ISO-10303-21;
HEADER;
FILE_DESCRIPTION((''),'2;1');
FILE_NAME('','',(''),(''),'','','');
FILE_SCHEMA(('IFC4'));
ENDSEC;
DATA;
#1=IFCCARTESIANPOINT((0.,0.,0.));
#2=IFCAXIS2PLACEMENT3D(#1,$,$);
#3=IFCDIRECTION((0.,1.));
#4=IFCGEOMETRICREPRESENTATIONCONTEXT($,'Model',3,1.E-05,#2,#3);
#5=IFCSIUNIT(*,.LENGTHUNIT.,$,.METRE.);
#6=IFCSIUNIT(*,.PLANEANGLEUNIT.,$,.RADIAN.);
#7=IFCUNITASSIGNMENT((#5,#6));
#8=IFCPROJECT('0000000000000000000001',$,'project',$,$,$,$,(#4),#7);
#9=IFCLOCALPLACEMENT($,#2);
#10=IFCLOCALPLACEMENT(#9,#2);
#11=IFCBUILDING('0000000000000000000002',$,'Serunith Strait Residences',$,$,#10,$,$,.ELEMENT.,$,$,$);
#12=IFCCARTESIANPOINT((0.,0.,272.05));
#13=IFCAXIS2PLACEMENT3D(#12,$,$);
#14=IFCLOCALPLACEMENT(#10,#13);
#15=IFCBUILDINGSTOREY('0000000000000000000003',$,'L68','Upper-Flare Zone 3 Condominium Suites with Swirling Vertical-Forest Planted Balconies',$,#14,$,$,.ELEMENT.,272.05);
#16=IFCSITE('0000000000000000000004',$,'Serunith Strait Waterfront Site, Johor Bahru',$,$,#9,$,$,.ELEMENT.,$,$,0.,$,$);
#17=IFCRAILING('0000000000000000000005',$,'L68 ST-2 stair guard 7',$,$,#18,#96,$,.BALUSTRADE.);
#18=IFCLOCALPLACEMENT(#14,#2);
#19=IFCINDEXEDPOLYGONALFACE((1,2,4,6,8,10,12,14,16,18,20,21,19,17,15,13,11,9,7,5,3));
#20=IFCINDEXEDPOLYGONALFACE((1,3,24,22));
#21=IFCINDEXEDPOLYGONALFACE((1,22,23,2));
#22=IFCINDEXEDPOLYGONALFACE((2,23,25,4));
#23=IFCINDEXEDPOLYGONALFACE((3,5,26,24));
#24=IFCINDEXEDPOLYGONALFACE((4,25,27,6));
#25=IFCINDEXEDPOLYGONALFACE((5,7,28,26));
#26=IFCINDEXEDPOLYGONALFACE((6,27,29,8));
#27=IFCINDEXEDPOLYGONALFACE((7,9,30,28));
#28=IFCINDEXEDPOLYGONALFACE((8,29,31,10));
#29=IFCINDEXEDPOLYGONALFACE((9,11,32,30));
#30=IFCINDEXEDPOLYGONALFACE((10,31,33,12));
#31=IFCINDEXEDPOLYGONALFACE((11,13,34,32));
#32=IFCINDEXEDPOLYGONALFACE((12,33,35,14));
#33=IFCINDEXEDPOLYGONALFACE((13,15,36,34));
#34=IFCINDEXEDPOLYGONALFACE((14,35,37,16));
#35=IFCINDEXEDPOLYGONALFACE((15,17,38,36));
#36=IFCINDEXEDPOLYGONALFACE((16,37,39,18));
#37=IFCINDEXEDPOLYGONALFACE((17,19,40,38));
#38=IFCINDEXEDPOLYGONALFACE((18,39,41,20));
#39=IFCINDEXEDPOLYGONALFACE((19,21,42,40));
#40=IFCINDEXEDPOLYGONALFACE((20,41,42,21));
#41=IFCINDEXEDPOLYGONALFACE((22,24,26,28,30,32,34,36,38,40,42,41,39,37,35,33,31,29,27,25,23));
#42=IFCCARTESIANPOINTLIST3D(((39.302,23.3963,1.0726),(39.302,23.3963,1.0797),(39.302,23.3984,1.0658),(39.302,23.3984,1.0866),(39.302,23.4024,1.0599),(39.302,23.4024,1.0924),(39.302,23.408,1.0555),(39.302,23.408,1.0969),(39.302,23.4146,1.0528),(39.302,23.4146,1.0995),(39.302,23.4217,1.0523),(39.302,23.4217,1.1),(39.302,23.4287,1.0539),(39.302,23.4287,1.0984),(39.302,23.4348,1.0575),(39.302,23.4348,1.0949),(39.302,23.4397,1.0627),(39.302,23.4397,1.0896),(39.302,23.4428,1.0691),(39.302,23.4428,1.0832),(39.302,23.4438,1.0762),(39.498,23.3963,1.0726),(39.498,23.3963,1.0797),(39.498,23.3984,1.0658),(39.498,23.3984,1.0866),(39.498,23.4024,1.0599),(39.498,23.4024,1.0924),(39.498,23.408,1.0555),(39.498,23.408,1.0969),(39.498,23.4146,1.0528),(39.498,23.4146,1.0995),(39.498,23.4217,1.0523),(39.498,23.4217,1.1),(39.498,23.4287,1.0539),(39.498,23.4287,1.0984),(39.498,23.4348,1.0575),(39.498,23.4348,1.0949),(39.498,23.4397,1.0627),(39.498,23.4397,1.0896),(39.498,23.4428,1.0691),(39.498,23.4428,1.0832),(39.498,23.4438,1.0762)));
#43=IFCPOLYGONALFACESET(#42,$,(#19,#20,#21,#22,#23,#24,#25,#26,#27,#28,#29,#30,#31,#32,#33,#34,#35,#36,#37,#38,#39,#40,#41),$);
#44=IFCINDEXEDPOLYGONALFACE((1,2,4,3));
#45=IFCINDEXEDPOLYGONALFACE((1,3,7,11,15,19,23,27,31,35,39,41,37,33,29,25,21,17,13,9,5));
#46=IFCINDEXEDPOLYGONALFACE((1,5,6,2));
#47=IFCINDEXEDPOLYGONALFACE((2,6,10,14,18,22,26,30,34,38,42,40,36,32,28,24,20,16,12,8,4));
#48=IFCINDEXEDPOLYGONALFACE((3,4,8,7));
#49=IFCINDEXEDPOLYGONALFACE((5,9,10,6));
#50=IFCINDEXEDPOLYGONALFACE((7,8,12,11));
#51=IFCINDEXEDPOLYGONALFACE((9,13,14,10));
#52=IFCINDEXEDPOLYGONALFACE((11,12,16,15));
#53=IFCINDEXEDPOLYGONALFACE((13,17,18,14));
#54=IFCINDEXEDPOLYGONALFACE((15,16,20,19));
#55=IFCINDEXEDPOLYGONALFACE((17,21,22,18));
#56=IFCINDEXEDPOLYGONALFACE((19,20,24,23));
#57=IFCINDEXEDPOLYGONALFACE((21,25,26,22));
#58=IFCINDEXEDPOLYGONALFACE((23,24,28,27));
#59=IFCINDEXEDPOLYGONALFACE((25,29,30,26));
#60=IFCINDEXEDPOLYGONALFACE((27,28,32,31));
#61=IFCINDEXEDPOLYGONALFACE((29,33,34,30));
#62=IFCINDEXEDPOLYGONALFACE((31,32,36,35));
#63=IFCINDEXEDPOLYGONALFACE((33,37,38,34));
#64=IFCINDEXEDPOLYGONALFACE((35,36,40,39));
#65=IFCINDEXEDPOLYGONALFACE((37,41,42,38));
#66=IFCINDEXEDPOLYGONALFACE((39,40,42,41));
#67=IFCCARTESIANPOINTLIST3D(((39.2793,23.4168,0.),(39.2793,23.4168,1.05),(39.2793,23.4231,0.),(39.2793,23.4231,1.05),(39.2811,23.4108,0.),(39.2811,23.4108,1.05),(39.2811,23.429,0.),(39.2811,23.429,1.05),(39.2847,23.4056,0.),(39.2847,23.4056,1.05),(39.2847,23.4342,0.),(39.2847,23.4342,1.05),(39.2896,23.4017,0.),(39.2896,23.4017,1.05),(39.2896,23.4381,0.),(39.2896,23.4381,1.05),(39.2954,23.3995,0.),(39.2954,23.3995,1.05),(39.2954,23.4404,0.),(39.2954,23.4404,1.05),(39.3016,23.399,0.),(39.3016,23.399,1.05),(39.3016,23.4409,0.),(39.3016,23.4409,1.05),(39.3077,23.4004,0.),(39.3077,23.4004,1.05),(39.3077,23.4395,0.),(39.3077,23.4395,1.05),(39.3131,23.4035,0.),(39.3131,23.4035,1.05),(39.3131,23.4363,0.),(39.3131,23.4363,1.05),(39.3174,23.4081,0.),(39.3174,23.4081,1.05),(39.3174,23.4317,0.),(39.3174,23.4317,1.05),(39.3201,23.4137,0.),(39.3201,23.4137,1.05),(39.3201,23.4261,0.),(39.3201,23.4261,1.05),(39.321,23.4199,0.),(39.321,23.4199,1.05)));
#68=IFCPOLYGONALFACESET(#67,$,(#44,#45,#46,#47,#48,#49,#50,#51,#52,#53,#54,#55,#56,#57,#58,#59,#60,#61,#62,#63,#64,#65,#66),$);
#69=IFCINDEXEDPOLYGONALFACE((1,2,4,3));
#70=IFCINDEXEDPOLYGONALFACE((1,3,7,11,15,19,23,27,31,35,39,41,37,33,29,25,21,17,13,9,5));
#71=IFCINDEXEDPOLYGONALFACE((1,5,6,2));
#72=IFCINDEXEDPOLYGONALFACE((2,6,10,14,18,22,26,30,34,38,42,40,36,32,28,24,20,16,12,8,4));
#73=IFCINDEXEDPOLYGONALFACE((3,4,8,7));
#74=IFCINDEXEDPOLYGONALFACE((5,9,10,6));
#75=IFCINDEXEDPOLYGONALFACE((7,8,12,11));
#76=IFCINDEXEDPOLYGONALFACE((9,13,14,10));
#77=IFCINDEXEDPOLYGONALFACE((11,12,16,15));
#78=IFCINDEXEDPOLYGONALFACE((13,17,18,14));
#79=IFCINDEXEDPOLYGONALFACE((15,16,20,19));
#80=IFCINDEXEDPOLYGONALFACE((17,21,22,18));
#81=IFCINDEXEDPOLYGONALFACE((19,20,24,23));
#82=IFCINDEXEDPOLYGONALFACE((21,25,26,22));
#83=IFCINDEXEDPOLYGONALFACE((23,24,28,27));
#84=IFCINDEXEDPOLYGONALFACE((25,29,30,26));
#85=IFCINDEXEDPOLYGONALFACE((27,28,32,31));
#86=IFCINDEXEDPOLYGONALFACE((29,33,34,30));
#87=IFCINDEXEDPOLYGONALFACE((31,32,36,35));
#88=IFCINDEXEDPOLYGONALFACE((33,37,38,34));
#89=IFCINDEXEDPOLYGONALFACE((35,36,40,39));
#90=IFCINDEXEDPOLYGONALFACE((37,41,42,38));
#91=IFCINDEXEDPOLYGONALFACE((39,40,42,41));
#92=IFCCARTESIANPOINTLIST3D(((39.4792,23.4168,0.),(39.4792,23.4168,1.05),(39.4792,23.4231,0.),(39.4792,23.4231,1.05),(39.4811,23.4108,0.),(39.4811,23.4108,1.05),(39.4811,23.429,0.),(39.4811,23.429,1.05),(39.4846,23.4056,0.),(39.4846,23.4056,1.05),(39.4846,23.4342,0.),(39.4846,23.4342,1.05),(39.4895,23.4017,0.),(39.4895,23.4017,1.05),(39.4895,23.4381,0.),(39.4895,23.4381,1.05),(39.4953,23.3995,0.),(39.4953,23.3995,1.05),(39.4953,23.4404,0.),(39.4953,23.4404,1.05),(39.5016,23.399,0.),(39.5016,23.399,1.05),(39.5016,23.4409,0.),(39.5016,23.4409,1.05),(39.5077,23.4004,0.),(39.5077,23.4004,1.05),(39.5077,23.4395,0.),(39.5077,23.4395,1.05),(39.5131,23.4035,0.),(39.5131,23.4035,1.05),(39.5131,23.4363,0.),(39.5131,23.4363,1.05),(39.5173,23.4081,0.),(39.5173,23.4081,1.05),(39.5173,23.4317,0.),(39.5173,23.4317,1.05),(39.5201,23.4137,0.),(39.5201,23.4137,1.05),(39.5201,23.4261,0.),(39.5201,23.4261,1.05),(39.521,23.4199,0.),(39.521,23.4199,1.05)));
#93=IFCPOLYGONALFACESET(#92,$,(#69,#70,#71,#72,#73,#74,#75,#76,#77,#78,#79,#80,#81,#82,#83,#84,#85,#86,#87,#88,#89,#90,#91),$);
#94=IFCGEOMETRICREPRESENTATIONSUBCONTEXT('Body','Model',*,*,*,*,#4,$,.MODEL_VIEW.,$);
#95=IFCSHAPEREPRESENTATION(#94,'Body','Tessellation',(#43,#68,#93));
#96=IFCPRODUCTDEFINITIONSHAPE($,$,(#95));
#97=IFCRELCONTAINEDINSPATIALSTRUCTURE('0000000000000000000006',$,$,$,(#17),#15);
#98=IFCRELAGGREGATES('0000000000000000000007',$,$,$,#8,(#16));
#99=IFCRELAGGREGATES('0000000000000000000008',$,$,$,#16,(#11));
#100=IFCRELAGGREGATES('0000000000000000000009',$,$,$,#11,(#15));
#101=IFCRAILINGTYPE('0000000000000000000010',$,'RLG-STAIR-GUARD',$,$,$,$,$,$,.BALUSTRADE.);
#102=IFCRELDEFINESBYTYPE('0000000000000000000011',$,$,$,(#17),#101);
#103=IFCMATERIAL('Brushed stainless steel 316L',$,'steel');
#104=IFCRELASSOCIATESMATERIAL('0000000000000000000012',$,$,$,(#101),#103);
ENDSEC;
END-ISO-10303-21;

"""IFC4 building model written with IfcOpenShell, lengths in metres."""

from ifc_helpers import new_model, si_unit, direction, frame, origin, origin_2d, place, context, subcontext, project, spatial, circle, extrude, material, type_object, element, save


model = new_model("IFC4")

# Units and contexts
model_context = context("Model", 3, precision=1e-05, world=origin(), true_north=direction((0.0, 1.0)))
body_context = subcontext(model_context, "Body", "Model", "MODEL_VIEW")
ifc_project = project(units=[si_unit("LENGTHUNIT", "METRE"), si_unit("PLANEANGLEUNIT", "RADIAN")], contexts=[model_context])

# Site, building, storey
site_placement = place(None, origin())
site = spatial("IfcSite", under=ifc_project, at=site_placement, Name="Serunith Strait Waterfront Site, Johor Bahru", CompositionType="ELEMENT", RefElevation=0.0)
building_placement = place(site_placement, origin())
building = spatial("IfcBuilding", under=site, at=building_placement, Name="Serunith Strait Residences", CompositionType="ELEMENT")
storey_placement = place(building_placement, frame((0.0, 0.0, 272.05)))
storey = spatial("IfcBuildingStorey", under=building, at=storey_placement, Name="L68", Description="Upper-Flare Zone 3 Condominium Suites with Swirling Vertical-Forest Planted Balconies", CompositionType="ELEMENT", Elevation=272.05)

# Railing
ifc_material_1 = material(Name="Brushed stainless steel 316L", Category="steel")
railing_type_1 = type_object("IfcRailingType", Name="RLG-STAIR-GUARD", PredefinedType="BALUSTRADE", material=ifc_material_1)
railing_1_placement = place(storey_placement, frame((39.3, 23.4199, 0.0)))
element("IfcRailing", 1, at=railing_1_placement, inside=storey, type_object=railing_type_1, Name="L68 ST-2 stair guard 7", PredefinedType="BALUSTRADE", context=body_context, shape_type="SweptSolid", body=[
    extrude(circle(Radius=0.0239, at=origin_2d()), frame((0.002, 0.0, 1.0762), z_axis=(1.0, 0.0, 0.0), x_axis=(0.0, 1.0, 0.0)), (0.0, 0.0, 1.0), 0.196),
    extrude(circle(Radius=0.021, at=origin_2d()), origin(), (0.0, 0.0, 1.0), 1.05),
    extrude(circle(Radius=0.021, at=origin_2d()), frame((0.2, 0.0, 0.0)), (0.0, 0.0, 1.0), 1.05),
])

save(model, "model.ifc")
